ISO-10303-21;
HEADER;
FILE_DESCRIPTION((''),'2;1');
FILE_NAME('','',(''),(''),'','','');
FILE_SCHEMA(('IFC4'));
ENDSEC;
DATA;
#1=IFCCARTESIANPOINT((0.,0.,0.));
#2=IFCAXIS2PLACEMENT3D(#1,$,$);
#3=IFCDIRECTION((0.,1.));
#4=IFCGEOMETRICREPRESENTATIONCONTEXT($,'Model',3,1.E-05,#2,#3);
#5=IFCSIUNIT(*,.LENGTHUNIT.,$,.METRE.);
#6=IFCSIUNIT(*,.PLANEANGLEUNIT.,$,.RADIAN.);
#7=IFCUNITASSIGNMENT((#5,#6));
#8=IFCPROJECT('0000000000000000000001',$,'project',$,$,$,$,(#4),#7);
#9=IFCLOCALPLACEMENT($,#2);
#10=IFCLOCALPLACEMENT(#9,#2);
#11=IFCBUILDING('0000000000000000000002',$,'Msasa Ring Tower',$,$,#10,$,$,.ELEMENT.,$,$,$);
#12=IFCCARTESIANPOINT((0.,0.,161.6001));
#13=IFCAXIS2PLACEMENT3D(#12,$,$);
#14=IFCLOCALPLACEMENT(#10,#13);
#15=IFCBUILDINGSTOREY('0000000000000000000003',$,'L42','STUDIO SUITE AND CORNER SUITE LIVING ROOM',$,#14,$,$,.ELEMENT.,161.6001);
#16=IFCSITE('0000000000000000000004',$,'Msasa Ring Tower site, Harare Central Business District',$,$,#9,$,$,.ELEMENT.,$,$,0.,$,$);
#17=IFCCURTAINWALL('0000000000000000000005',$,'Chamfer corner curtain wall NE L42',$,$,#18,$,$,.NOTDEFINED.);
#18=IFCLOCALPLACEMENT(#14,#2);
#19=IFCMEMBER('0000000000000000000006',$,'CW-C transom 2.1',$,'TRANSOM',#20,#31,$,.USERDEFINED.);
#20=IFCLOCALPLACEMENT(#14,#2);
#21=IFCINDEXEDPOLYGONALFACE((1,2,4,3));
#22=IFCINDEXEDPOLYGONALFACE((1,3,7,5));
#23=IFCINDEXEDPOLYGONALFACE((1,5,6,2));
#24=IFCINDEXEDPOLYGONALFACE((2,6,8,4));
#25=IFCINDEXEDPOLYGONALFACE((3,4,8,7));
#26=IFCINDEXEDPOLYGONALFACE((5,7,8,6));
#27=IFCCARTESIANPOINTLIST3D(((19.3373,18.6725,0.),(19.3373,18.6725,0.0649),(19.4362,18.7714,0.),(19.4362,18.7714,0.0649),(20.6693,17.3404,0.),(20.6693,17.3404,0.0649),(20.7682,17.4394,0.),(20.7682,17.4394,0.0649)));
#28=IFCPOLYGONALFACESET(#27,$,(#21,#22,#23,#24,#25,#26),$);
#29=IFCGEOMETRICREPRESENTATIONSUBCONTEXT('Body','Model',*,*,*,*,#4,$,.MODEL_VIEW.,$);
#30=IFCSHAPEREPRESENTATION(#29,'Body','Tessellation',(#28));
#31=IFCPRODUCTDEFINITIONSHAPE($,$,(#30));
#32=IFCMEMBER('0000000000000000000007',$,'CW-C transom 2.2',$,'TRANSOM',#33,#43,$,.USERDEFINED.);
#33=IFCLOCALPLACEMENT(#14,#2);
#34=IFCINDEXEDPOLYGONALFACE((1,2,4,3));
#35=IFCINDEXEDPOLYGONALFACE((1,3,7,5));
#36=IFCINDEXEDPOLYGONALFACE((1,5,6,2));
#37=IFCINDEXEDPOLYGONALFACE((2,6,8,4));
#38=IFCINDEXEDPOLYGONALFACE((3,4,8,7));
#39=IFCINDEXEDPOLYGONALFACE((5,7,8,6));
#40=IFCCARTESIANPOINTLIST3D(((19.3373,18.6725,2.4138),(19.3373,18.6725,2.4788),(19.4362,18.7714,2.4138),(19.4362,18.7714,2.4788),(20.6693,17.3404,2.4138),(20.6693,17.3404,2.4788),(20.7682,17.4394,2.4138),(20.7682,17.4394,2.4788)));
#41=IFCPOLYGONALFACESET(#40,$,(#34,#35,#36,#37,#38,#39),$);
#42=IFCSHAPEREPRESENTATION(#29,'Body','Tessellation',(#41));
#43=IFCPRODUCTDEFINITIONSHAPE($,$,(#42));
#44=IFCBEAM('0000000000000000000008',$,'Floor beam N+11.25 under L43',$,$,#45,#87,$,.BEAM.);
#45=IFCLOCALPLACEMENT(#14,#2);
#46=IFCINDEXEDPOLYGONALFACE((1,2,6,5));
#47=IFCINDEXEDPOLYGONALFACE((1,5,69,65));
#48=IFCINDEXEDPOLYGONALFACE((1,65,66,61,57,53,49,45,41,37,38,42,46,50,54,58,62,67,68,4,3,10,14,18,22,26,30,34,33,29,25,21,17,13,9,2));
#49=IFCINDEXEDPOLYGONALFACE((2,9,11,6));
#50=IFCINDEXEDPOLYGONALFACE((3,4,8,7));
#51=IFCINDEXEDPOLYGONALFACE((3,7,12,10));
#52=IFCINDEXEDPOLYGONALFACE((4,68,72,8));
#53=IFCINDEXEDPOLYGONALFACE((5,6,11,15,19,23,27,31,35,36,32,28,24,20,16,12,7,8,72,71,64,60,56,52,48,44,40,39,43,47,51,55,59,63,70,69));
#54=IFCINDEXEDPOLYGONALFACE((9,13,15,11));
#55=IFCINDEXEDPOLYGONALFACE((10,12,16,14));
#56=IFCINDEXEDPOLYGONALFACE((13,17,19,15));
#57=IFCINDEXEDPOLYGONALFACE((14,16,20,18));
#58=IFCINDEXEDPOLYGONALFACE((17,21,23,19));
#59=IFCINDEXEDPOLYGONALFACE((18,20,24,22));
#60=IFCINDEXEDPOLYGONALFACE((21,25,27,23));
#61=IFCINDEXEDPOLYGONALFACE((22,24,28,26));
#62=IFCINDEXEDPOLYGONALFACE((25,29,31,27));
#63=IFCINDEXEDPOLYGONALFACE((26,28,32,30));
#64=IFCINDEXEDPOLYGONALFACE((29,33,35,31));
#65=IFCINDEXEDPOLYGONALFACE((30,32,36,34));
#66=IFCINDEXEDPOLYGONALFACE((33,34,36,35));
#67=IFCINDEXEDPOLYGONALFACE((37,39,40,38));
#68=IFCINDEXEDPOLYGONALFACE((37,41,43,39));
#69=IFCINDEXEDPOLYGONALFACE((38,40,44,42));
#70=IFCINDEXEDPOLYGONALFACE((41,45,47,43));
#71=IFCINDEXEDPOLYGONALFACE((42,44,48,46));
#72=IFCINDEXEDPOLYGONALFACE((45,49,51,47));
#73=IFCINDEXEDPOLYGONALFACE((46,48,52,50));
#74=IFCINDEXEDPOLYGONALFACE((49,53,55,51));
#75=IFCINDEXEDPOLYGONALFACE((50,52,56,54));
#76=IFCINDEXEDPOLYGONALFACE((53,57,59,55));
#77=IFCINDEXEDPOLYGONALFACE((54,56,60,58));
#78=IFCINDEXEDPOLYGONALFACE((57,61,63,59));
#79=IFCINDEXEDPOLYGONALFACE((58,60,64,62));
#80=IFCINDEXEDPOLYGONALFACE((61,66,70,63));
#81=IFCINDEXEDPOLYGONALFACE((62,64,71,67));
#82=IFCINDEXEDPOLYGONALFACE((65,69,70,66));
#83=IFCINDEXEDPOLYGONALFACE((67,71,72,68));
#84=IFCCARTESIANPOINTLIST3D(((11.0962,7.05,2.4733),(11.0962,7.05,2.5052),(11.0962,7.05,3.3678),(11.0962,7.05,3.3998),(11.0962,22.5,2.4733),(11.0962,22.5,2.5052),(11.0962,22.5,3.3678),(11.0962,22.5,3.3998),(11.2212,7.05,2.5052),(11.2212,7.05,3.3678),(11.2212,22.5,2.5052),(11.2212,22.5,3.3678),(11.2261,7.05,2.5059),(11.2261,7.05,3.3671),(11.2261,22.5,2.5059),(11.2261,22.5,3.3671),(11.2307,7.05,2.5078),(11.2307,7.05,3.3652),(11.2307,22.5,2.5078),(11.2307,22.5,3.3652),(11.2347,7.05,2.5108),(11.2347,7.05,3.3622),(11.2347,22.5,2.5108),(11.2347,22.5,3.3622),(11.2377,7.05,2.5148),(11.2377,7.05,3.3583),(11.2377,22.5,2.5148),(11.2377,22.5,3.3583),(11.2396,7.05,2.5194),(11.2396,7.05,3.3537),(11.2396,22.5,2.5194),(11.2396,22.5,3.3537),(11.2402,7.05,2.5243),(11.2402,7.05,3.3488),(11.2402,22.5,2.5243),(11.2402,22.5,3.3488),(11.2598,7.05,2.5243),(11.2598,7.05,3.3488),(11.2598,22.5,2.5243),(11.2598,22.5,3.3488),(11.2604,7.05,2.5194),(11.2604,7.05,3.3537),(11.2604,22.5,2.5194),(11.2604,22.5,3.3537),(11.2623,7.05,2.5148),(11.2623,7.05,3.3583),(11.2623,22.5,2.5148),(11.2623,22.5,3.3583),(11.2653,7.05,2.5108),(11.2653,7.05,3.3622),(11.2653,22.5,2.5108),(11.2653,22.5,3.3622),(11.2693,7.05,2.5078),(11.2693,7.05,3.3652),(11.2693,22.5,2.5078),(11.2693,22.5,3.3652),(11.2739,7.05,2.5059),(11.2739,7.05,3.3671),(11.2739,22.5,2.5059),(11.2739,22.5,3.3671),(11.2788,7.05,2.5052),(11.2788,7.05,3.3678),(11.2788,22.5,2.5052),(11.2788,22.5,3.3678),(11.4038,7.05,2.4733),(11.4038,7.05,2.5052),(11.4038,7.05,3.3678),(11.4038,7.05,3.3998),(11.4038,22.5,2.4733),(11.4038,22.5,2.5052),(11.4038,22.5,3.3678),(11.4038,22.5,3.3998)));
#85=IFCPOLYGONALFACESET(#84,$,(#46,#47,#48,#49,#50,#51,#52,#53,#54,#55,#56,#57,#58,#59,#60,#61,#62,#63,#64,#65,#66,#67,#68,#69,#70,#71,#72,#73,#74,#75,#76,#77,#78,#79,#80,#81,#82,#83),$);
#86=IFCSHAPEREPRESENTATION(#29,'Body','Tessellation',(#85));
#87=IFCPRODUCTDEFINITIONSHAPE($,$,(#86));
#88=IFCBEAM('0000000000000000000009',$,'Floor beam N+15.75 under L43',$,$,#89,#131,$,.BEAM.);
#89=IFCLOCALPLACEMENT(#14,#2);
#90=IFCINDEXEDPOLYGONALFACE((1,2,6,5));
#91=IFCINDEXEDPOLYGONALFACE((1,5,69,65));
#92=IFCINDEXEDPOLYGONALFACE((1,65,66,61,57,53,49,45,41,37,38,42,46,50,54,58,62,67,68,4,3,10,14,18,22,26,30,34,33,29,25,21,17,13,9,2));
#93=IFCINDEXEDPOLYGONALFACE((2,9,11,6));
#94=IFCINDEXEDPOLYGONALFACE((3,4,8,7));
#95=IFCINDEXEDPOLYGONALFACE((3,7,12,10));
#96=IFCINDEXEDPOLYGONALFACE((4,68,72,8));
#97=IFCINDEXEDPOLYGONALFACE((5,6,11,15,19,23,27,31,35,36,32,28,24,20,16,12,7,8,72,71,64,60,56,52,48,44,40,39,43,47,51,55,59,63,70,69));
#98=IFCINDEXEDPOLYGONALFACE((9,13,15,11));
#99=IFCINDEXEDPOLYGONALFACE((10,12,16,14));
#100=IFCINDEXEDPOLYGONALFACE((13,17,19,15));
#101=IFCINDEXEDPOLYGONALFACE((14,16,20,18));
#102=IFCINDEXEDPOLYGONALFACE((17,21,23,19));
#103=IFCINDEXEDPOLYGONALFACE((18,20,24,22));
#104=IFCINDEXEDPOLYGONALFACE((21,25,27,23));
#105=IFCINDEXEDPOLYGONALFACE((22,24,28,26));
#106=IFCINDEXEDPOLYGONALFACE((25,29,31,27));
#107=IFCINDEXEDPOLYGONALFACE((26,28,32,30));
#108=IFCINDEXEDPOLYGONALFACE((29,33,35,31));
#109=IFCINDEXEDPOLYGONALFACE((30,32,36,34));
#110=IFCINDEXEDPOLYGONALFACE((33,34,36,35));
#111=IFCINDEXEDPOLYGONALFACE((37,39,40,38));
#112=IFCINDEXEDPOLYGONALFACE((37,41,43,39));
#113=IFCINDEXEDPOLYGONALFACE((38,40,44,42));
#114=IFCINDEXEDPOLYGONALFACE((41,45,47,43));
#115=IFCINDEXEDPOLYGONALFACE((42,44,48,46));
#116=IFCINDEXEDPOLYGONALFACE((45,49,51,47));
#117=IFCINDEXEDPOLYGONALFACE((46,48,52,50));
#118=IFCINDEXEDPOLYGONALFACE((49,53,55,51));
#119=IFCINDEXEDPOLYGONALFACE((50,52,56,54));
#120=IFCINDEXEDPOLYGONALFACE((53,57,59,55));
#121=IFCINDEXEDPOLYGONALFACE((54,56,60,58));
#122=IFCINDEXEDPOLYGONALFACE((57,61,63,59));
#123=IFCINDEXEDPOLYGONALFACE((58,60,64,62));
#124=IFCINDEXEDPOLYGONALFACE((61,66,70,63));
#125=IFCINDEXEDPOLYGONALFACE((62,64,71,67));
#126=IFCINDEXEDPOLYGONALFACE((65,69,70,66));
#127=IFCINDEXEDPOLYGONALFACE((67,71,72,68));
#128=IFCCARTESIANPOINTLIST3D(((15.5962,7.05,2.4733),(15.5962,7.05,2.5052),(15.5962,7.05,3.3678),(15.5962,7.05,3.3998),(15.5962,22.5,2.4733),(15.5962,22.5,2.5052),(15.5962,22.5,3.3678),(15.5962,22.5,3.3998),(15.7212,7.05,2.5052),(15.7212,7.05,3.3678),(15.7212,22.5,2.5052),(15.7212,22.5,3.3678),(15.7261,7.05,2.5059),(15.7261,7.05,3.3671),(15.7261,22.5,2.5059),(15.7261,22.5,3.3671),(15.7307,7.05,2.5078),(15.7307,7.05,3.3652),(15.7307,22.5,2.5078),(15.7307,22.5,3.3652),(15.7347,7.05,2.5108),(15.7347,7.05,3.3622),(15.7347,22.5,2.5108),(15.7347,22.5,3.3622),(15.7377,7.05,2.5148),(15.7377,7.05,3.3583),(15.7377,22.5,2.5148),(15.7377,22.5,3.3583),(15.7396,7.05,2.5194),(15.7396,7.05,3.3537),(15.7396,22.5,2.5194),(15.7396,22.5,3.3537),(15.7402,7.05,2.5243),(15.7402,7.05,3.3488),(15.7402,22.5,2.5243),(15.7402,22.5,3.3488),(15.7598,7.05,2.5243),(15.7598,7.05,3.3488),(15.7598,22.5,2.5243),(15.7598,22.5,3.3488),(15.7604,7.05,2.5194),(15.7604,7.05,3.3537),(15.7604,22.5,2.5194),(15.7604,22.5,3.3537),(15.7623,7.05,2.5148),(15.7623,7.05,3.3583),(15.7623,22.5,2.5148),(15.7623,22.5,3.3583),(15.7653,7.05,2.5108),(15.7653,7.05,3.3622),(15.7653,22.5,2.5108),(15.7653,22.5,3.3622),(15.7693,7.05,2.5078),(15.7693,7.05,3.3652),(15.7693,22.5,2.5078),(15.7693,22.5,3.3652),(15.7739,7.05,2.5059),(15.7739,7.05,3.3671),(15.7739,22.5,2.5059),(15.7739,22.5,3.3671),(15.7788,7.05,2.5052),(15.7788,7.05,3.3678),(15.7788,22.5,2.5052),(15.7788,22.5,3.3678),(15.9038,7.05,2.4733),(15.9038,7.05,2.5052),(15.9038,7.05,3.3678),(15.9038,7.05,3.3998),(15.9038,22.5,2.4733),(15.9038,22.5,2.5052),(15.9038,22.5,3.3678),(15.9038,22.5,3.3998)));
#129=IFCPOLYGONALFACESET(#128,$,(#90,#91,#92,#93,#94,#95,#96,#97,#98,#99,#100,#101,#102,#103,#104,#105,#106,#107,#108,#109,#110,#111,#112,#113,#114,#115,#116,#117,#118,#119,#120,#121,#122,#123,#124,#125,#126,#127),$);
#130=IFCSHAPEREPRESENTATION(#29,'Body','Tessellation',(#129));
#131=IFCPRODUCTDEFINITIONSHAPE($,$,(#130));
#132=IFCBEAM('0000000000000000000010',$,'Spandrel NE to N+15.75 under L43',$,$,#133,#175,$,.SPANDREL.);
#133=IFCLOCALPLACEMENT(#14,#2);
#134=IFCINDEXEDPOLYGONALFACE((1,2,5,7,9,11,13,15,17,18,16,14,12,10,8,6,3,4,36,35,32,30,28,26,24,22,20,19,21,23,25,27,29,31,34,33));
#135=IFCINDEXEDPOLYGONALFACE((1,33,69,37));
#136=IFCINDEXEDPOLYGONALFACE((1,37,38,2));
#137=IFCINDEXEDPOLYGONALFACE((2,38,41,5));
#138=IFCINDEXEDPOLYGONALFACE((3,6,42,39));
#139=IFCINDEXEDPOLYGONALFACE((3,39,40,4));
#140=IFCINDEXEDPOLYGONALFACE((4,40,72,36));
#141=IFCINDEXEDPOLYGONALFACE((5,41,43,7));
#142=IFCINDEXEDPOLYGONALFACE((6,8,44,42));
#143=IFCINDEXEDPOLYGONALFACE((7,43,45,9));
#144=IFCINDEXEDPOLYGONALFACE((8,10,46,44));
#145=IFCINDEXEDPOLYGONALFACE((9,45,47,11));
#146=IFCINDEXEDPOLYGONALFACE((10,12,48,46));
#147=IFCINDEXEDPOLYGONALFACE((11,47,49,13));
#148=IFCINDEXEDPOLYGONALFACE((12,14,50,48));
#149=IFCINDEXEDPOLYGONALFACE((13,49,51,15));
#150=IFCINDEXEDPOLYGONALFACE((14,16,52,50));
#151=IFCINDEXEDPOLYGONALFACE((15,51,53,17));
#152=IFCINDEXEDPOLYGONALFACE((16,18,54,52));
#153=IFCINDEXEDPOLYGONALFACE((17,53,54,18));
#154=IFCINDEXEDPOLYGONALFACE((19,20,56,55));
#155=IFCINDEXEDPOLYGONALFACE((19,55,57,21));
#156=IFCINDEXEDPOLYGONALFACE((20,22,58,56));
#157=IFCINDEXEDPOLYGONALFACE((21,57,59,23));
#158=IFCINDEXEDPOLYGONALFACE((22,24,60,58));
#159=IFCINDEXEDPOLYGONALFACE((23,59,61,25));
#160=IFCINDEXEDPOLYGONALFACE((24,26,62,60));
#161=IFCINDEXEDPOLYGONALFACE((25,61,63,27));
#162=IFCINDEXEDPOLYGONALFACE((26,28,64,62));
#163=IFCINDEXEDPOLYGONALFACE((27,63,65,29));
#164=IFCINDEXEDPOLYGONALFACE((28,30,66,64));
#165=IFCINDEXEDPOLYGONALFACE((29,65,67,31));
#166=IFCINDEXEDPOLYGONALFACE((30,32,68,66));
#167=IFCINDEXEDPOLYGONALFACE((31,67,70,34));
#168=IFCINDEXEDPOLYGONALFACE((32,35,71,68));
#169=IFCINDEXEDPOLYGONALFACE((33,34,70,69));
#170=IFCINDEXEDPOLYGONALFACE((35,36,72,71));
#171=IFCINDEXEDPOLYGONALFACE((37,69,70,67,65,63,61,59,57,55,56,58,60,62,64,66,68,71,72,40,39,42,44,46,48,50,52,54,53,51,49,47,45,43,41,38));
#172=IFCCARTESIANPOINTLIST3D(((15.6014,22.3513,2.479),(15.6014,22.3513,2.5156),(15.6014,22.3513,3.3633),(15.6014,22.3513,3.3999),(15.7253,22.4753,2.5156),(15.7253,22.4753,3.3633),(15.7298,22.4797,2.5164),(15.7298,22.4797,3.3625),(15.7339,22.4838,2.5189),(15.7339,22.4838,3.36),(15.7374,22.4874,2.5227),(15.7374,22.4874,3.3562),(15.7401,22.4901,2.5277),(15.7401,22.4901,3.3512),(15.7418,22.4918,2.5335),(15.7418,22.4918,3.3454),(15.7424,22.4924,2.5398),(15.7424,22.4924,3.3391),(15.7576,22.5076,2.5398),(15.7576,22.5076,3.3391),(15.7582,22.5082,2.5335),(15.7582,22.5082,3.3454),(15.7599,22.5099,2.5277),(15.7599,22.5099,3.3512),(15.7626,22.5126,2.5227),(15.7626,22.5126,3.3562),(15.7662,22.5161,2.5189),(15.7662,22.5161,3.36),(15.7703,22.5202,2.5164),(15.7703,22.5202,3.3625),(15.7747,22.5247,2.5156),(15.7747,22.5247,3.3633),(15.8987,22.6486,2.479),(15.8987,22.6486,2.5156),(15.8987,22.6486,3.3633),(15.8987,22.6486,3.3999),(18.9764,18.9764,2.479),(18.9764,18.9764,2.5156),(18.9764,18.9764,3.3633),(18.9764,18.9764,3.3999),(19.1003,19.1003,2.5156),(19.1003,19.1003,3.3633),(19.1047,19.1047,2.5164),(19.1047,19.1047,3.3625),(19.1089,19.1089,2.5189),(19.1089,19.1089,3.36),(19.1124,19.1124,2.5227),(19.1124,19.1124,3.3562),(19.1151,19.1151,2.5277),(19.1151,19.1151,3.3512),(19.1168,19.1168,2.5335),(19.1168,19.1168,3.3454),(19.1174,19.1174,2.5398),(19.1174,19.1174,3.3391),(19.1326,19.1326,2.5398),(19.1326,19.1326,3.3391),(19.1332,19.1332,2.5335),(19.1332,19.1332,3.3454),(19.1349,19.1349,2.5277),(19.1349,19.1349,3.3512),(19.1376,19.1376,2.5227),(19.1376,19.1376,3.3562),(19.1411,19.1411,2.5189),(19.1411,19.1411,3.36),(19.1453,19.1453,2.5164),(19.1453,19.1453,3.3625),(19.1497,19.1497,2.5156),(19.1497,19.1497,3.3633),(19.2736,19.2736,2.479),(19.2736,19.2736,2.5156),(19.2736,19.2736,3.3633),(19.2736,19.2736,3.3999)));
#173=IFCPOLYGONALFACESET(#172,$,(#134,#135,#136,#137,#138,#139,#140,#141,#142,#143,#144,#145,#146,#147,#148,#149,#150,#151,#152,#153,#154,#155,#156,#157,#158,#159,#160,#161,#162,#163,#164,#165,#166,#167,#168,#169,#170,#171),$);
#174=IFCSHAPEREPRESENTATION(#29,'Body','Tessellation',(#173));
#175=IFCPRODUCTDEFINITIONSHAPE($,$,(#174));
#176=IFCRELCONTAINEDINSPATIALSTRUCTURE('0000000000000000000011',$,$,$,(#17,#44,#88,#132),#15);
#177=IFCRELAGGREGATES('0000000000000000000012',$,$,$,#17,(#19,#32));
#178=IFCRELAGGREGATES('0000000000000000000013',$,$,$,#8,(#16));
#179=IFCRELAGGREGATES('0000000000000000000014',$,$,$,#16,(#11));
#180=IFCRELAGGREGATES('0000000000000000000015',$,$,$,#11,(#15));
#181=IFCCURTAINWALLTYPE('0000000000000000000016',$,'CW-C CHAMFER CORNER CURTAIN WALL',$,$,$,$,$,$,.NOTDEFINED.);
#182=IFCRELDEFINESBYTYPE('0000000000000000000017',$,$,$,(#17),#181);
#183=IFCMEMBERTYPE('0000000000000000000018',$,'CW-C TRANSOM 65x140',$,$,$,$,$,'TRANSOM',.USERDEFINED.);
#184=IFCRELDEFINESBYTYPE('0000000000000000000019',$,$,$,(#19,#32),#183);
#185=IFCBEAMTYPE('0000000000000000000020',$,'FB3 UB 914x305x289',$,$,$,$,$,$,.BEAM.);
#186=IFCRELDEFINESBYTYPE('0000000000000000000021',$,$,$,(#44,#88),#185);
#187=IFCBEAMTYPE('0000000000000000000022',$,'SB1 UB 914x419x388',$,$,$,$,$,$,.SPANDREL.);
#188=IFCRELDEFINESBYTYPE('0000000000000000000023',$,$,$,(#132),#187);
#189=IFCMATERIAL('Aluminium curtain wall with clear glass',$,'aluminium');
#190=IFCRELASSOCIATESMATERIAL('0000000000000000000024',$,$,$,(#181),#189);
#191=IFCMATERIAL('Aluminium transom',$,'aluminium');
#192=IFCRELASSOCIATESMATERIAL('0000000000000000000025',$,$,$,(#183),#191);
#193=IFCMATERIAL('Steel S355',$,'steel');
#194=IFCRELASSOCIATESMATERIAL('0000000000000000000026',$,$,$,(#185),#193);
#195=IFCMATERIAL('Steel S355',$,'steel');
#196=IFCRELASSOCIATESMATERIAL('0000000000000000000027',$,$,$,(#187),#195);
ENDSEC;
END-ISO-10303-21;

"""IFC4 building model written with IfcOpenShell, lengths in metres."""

from ifc_helpers import new_model, si_unit, direction, frame, origin, origin_2d, place, context, subcontext, project, spatial, rectangle, i_section, extrude, material, material_profile, profile_set, type_object, element, aggregate, save


model = new_model("IFC4")

# Units and contexts
model_context = context("Model", 3, precision=1e-05, world=origin(), true_north=direction((0.0, 1.0)))
body_context = subcontext(model_context, "Body", "Model", "MODEL_VIEW")
ifc_project = project(units=[si_unit("LENGTHUNIT", "METRE"), si_unit("PLANEANGLEUNIT", "RADIAN")], contexts=[model_context])

# Site, building, storey
site_placement = place(None, origin())
site = spatial("IfcSite", under=ifc_project, at=site_placement, Name="Msasa Ring Tower site, Harare Central Business District", CompositionType="ELEMENT", RefElevation=0.0)
building_placement = place(site_placement, origin())
building = spatial("IfcBuilding", under=site, at=building_placement, Name="Msasa Ring Tower", CompositionType="ELEMENT")
storey_placement = place(building_placement, frame((0.0, 0.0, 161.6001)))
storey = spatial("IfcBuildingStorey", under=building, at=storey_placement, Name="L42", Description="STUDIO SUITE AND CORNER SUITE LIVING ROOM", CompositionType="ELEMENT", Elevation=161.6001)

# Curtain wall
ifc_material_1 = material(Name="Aluminium curtain wall with clear glass", Category="aluminium")
curtain_wall_type = type_object("IfcCurtainWallType", Name="CW-C CHAMFER CORNER CURTAIN WALL", PredefinedType="NOTDEFINED", material=ifc_material_1)
curtain_wall_1_placement = place(storey_placement, origin())
curtain_wall_1 = element("IfcCurtainWall", 1, at=curtain_wall_1_placement, inside=storey, type_object=curtain_wall_type, Name="Chamfer corner curtain wall NE L42", PredefinedType="NOTDEFINED")

# Members
ifc_material_2 = material(Name="Aluminium transom", Category="aluminium")
ifc_material_profile_1 = material_profile(ifc_material_2, rectangle(XDim=0.1399, YDim=0.0649, at=origin_2d()), Name="AL 65x140")
ifc_profile_set_1 = profile_set([ifc_material_profile_1], Name="Aluminium transom")
member_type_1 = type_object("IfcMemberType", Name="CW-C TRANSOM 65x140", ElementType="TRANSOM", PredefinedType="USERDEFINED", material=ifc_profile_set_1)
member_1_placement = place(storey_placement, frame((20.7188, 17.3899, 0.0325), z_axis=(-0.707107, 0.707107, 0.0), x_axis=(-0.707107, -0.707107, 0.0)))
member_1 = element("IfcMember", 2, at=member_1_placement, type_object=member_type_1, Name="CW-C transom 2.1", ObjectType="TRANSOM", PredefinedType="USERDEFINED", context=body_context, shape_type="SweptSolid", body=[
    extrude(rectangle(XDim=0.1399, YDim=0.0649, at=origin_2d()), origin(), (0.0, 0.0, 1.0), 1.8838),
])
member_2_placement = place(storey_placement, frame((20.7188, 17.3899, 2.4463), z_axis=(-0.707107, 0.707107, 0.0), x_axis=(-0.707107, -0.707107, 0.0)))
member_2 = element("IfcMember", 3, at=member_2_placement, type_object=member_type_1, Name="CW-C transom 2.2", ObjectType="TRANSOM", PredefinedType="USERDEFINED", context=body_context, shape_type="SweptSolid", body=[
    extrude(rectangle(XDim=0.1399, YDim=0.0649, at=origin_2d()), origin(), (0.0, 0.0, 1.0), 1.8838),
])

# Beams
ifc_material_3 = material(Name="Steel S355", Category="steel")
ifc_material_profile_2 = material_profile(ifc_material_3, i_section(OverallWidth=0.3076, OverallDepth=0.9265, WebThickness=0.0195, FlangeThickness=0.032, FilletRadius=0.019, at=origin_2d()), Name="UB 914x305x289")
ifc_profile_set_2 = profile_set([ifc_material_profile_2], Name="Steel S355")
beam_type_1 = type_object("IfcBeamType", Name="FB3 UB 914x305x289", PredefinedType="BEAM", material=ifc_profile_set_2)
for number, where, z_axis, x_axis, name in (
    (4, (11.25, 22.5, 2.9365), (0.0, -1.0, 0.0), (1.0, 0.0, 0.0), "Floor beam N+11.25 under L43"),
    (5, (15.75, 22.5, 2.9365), (0.0, -1.0, 0.0), (1.0, 0.0, 0.0), "Floor beam N+15.75 under L43"),
):
    element("IfcBeam", number, at=place(storey_placement, frame(where, z_axis=z_axis, x_axis=x_axis)), inside=storey, type_object=beam_type_1, Name=name, PredefinedType="BEAM", context=body_context, shape_type="SweptSolid", body=[
        extrude(i_section(OverallWidth=0.3076, OverallDepth=0.9265, WebThickness=0.0195, FlangeThickness=0.032, FilletRadius=0.019, at=origin_2d()), origin(), (0.0, 0.0, 1.0), 15.45),
    ])
ifc_material_4 = material(Name="Steel S355", Category="steel")
ifc_material_profile_3 = material_profile(ifc_material_4, i_section(OverallWidth=0.4204, OverallDepth=0.9209, WebThickness=0.0215, FlangeThickness=0.0366, FilletRadius=0.0242, at=origin_2d()), Name="UB 914x419x388")
ifc_profile_set_3 = profile_set([ifc_material_profile_3], Name="Steel S355")
beam_type_2 = type_object("IfcBeamType", Name="SB1 UB 914x419x388", PredefinedType="SPANDREL", material=ifc_profile_set_3)
beam_1_placement = place(storey_placement, frame((19.125, 19.125, 2.9395), z_axis=(-0.707107, 0.707107, 0.0), x_axis=(-0.707107, -0.707107, 0.0)))
element("IfcBeam", 6, at=beam_1_placement, inside=storey, type_object=beam_type_2, Name="Spandrel NE to N+15.75 under L43", PredefinedType="SPANDREL", context=body_context, shape_type="SweptSolid", body=[
    extrude(i_section(OverallWidth=0.4204, OverallDepth=0.9209, WebThickness=0.0215, FlangeThickness=0.0366, FilletRadius=0.0242, at=origin_2d()), origin(), (0.0, 0.0, 1.0), 4.7729),
])

aggregate(curtain_wall_1, [member_1, member_2])

save(model, "model.ifc")
